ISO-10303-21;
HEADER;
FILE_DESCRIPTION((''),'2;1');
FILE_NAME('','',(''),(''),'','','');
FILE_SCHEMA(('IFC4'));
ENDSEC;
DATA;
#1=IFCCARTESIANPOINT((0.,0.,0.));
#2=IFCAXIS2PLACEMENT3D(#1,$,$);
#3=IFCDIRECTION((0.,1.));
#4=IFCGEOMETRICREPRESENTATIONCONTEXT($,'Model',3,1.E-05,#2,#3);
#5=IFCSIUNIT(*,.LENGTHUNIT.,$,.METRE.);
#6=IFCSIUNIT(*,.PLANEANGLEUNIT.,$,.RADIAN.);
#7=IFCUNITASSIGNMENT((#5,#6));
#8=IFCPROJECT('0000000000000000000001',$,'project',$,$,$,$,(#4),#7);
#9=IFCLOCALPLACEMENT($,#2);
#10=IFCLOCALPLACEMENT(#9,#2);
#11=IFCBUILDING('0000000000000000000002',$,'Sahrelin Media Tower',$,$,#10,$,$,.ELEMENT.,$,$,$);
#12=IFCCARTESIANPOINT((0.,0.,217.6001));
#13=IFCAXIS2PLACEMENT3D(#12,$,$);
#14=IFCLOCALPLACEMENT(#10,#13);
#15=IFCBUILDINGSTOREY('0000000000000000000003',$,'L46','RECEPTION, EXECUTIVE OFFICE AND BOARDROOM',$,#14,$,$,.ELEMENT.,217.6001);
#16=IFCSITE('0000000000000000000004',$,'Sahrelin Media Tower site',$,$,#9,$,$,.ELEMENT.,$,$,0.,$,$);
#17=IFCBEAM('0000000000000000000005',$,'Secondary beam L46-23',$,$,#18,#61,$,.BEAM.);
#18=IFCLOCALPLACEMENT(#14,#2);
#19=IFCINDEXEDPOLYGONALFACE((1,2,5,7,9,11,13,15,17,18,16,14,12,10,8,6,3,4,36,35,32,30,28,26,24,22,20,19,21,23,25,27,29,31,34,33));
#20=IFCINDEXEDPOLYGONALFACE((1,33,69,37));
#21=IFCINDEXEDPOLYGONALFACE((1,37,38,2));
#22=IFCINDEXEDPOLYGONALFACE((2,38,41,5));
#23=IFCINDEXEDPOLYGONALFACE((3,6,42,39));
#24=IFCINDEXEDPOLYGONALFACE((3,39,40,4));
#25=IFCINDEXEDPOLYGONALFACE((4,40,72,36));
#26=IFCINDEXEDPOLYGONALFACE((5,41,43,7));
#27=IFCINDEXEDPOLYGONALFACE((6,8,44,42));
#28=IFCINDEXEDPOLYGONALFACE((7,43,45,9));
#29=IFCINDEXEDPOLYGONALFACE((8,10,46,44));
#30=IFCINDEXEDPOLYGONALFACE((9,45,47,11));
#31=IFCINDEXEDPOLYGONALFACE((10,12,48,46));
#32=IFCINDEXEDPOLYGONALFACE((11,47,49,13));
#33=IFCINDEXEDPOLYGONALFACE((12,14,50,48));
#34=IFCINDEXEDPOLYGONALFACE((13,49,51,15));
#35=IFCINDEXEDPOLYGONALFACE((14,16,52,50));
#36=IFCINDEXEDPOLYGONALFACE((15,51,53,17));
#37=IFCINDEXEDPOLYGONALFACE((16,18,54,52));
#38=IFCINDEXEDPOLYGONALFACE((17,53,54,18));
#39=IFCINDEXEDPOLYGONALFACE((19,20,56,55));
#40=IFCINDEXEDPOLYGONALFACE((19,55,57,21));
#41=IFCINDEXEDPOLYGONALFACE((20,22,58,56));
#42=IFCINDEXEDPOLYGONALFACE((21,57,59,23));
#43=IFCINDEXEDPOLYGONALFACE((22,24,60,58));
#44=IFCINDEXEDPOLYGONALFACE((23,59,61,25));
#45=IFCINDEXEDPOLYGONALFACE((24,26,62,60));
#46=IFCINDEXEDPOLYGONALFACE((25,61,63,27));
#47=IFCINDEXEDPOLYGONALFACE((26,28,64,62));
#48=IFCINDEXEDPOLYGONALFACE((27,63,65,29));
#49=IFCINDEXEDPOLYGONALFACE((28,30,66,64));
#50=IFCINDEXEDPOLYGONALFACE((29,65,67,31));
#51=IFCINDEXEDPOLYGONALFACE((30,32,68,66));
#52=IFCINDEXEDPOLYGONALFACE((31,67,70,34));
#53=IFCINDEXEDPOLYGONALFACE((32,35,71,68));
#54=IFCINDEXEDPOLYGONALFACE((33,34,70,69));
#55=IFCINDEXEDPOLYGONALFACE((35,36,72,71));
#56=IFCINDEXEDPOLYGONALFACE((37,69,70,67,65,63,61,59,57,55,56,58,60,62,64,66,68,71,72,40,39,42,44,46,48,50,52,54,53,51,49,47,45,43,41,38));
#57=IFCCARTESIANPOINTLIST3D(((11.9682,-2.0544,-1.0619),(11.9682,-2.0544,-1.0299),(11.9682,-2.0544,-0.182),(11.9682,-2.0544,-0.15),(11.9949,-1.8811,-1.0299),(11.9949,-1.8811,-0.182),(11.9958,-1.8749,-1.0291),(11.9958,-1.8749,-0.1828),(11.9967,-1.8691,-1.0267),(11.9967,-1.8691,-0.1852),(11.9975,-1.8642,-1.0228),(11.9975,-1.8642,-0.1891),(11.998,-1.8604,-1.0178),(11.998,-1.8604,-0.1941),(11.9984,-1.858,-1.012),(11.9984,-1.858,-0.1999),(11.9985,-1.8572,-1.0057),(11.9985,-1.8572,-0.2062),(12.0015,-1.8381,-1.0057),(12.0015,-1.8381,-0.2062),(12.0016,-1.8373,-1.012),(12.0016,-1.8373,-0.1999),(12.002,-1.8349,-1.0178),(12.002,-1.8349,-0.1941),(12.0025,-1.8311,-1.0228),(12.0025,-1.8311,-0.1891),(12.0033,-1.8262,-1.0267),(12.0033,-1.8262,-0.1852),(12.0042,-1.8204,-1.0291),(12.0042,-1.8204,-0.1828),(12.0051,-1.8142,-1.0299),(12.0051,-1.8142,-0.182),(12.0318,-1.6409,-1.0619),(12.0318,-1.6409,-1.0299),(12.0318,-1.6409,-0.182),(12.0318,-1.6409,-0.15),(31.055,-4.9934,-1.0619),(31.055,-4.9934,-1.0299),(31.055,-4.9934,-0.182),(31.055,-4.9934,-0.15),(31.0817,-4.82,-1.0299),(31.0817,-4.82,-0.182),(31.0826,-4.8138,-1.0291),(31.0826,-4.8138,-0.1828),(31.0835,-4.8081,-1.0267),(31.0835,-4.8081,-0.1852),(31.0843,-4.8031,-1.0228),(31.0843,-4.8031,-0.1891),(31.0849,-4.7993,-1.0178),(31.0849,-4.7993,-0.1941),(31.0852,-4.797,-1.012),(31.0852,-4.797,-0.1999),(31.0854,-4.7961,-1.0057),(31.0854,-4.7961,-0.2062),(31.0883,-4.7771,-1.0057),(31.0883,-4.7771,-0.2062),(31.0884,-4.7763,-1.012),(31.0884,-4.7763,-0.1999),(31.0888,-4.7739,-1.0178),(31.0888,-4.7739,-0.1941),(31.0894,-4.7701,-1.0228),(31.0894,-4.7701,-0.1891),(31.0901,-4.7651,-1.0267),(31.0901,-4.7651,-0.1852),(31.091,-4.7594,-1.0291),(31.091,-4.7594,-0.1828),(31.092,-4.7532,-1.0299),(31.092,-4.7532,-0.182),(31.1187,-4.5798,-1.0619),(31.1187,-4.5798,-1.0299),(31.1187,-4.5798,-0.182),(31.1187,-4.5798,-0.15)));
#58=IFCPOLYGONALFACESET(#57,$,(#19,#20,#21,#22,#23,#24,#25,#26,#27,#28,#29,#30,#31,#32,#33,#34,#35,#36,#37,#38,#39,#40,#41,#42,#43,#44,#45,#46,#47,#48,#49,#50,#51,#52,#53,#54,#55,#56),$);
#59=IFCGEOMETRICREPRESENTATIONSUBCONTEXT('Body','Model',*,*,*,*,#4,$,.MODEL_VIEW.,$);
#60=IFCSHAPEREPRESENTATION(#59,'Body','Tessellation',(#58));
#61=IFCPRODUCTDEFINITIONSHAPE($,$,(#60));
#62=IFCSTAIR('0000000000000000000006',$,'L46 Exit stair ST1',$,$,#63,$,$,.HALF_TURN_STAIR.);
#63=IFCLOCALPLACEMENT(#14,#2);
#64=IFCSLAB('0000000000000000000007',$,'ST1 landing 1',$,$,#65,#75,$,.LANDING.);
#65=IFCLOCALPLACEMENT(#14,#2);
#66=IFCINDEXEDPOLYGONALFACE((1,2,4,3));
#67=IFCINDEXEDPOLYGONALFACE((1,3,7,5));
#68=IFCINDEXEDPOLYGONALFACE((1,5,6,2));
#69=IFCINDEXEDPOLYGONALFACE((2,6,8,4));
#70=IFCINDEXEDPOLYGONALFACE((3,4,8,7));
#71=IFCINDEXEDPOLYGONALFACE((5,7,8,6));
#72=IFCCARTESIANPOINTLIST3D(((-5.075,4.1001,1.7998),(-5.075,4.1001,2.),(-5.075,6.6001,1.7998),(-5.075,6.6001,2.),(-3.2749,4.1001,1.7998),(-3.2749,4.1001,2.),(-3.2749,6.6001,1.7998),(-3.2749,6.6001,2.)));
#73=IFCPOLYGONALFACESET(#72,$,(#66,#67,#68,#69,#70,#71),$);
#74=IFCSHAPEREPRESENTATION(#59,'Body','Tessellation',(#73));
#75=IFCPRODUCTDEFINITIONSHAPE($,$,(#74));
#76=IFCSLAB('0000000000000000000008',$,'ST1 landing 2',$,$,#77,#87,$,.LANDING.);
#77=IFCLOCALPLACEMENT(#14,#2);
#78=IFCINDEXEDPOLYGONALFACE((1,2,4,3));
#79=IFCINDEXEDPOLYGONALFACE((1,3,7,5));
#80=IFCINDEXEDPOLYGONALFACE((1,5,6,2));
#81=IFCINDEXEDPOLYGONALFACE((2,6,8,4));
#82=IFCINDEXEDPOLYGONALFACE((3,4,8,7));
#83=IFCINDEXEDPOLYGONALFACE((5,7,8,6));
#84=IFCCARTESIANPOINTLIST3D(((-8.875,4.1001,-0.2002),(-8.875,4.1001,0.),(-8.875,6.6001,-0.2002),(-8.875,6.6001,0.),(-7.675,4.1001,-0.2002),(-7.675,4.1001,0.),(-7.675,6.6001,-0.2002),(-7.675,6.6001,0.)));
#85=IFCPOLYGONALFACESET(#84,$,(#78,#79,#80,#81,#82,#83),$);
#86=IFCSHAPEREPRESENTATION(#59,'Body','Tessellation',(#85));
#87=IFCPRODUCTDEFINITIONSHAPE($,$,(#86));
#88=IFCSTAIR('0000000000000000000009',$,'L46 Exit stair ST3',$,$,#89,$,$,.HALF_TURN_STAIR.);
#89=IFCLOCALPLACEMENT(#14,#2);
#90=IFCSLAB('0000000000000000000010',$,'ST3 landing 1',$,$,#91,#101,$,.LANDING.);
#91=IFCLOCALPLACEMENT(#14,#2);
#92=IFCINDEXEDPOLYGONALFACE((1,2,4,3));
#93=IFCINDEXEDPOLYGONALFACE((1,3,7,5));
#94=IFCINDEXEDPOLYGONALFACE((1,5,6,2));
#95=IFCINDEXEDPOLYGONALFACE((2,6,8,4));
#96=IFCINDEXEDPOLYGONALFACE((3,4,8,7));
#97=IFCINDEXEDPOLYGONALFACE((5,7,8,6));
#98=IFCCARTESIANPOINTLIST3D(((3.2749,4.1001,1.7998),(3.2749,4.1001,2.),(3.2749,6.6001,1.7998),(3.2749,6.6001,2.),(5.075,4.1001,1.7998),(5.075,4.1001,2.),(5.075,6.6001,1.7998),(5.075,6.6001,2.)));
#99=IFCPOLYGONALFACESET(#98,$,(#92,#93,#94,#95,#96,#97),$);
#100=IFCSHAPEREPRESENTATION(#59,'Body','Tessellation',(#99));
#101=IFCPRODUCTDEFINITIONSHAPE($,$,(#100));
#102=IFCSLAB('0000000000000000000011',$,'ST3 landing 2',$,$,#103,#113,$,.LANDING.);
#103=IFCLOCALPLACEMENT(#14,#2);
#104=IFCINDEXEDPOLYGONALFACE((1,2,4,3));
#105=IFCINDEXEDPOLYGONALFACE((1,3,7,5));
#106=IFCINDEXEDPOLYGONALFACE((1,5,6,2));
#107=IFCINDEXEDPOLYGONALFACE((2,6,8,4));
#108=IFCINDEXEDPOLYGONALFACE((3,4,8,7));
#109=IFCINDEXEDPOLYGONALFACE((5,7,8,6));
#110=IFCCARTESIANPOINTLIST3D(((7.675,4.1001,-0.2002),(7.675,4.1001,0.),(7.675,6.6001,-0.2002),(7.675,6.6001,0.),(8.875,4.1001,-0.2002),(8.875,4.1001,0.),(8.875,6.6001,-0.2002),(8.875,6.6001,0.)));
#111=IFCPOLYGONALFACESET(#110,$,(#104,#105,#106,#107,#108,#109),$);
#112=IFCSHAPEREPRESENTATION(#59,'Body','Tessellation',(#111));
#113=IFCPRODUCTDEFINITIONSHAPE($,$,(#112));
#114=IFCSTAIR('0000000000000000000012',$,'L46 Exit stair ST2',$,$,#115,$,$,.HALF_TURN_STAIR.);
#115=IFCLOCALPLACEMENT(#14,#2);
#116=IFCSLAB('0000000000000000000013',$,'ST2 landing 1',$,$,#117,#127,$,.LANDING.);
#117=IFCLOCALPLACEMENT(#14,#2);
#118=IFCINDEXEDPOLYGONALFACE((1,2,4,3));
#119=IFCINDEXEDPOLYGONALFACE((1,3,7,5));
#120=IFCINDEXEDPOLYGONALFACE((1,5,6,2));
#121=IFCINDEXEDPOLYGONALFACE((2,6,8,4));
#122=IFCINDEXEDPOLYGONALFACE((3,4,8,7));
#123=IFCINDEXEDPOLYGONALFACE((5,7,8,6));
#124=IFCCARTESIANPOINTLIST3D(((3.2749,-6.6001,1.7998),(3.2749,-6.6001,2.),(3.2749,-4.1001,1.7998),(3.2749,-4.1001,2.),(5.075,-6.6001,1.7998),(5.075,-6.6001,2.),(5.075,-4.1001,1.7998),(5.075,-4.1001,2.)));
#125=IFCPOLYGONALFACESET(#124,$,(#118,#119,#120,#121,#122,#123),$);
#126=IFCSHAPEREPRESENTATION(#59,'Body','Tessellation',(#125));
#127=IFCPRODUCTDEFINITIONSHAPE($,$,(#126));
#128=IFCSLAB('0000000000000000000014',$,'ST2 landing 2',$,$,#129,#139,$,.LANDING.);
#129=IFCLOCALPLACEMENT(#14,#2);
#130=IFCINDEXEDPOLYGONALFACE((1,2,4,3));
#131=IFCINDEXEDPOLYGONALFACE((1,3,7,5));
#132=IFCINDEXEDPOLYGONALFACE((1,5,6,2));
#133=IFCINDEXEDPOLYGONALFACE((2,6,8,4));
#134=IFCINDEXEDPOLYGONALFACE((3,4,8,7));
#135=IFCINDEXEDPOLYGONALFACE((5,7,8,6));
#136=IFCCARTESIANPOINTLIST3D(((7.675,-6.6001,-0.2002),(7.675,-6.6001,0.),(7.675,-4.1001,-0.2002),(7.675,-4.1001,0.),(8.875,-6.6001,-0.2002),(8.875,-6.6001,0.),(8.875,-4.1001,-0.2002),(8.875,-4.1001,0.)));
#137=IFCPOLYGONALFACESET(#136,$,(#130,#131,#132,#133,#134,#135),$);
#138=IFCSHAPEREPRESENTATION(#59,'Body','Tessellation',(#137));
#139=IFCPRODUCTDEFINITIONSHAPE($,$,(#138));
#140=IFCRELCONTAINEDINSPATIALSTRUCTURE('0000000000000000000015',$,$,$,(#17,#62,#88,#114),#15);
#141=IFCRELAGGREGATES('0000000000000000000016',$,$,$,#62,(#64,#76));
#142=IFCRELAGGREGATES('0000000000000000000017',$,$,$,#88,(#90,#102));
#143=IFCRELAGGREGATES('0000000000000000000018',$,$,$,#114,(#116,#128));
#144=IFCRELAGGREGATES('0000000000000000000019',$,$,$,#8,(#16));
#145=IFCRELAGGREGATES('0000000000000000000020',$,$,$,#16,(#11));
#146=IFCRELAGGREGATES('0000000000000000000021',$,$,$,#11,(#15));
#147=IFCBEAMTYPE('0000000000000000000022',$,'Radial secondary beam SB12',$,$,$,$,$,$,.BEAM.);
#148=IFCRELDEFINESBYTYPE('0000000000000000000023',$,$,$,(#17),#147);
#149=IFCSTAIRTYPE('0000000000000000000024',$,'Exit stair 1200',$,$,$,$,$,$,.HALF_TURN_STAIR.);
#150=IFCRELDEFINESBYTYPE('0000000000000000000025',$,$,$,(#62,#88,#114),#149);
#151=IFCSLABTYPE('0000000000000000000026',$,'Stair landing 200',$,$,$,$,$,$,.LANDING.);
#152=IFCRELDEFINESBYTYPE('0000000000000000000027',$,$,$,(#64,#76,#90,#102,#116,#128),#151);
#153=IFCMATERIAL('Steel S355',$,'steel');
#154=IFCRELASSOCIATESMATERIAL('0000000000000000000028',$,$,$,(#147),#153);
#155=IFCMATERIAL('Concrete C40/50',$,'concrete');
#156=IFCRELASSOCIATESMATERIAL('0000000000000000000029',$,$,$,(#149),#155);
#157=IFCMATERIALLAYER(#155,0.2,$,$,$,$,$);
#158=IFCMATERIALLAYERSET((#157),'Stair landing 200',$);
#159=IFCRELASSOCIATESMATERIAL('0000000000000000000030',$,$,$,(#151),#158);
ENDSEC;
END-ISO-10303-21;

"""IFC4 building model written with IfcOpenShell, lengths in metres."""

from ifc_helpers import new_model, si_unit, direction, frame, origin, origin_2d, place, context, subcontext, project, spatial, polyline, i_section, outline, extrude, material, layer, layer_set, material_profile, profile_set, type_object, element, aggregate, save


model = new_model("IFC4")

# Units and contexts
model_context = context("Model", 3, precision=1e-05, world=origin(), true_north=direction((0.0, 1.0)))
body_context = subcontext(model_context, "Body", "Model", "MODEL_VIEW")
ifc_project = project(units=[si_unit("LENGTHUNIT", "METRE"), si_unit("PLANEANGLEUNIT", "RADIAN")], contexts=[model_context])

# Site, building, storey
site_placement = place(None, origin())
site = spatial("IfcSite", under=ifc_project, at=site_placement, Name="Sahrelin Media Tower site", CompositionType="ELEMENT", RefElevation=0.0)
building_placement = place(site_placement, origin())
building = spatial("IfcBuilding", under=site, at=building_placement, Name="Sahrelin Media Tower", CompositionType="ELEMENT")
storey_placement = place(building_placement, frame((0.0, 0.0, 217.6001)))
storey = spatial("IfcBuildingStorey", under=building, at=storey_placement, Name="L46", Description="RECEPTION, EXECUTIVE OFFICE AND BOARDROOM", CompositionType="ELEMENT", Elevation=217.6001)

# Beam
ifc_material_1 = material(Name="Steel S355", Category="steel")
ifc_material_profile_1 = material_profile(ifc_material_1, i_section(OverallWidth=0.4185, OverallDepth=0.9119, WebThickness=0.0193, FlangeThickness=0.032, FilletRadius=0.0242, at=origin_2d()), Name="UB 914x419x343")
ifc_profile_set_1 = profile_set([ifc_material_profile_1], Name="Steel S355")
beam_type_1 = type_object("IfcBeamType", Name="Radial secondary beam SB12", PredefinedType="BEAM", material=ifc_profile_set_1)
beam_1_placement = place(storey_placement, frame((12.0, -1.8477, -0.606), z_axis=(0.988352, -0.152184, 0.0), x_axis=(0.152184, 0.988352, 0.0)))
element("IfcBeam", 1, at=beam_1_placement, inside=storey, type_object=beam_type_1, Name="Secondary beam L46-23", PredefinedType="BEAM", context=body_context, shape_type="SweptSolid", body=[
    extrude(i_section(OverallWidth=0.4185, OverallDepth=0.9119, WebThickness=0.0193, FlangeThickness=0.032, FilletRadius=0.0242, at=origin_2d()), origin(), (0.0, 0.0, 1.0), 19.3118),
])

# Stairs, slabs
ifc_material_2 = material(Name="Concrete C40/50", Category="concrete")
stair_type = type_object("IfcStairType", Name="Exit stair 1200", PredefinedType="HALF_TURN_STAIR", material=ifc_material_2)
placement_1 = place(storey_placement, origin())
stair_1 = element("IfcStair", 2, at=placement_1, inside=storey, type_object=stair_type, Name="L46 Exit stair ST1", PredefinedType="HALF_TURN_STAIR")
ifc_layer_1 = layer(ifc_material_2, 0.2)
ifc_layer_set_1 = layer_set([ifc_layer_1], Name="Stair landing 200")
slab_type = type_object("IfcSlabType", Name="Stair landing 200", PredefinedType="LANDING", material=ifc_layer_set_1)
placement_2 = place(storey_placement, frame((0.0, 0.0, 1.7998)))
slab_1 = element("IfcSlab", 3, at=placement_2, type_object=slab_type, Name="ST1 landing 1", PredefinedType="LANDING", context=body_context, shape_type="SweptSolid", body=[
    extrude(outline(polyline([(-5.075, 4.1001), (-3.2749, 4.1001), (-3.2749, 6.6001), (-5.075, 6.6001), (-5.075, 4.1001)])), origin(), (0.0, 0.0, 1.0), 0.2002),
])
placement_3 = place(storey_placement, frame((0.0, 0.0, -0.2002)))
slab_2 = element("IfcSlab", 4, at=placement_3, type_object=slab_type, Name="ST1 landing 2", PredefinedType="LANDING", context=body_context, shape_type="SweptSolid", body=[
    extrude(outline(polyline([(-8.875, 4.1001), (-7.675, 4.1001), (-7.675, 6.6001), (-8.875, 6.6001), (-8.875, 4.1001)])), origin(), (0.0, 0.0, 1.0), 0.2002),
])
aggregate(stair_1, [slab_1, slab_2])
stair_2 = element("IfcStair", 5, at=placement_1, inside=storey, type_object=stair_type, Name="L46 Exit stair ST3", PredefinedType="HALF_TURN_STAIR")
slab_3 = element("IfcSlab", 6, at=placement_2, type_object=slab_type, Name="ST3 landing 1", PredefinedType="LANDING", context=body_context, shape_type="SweptSolid", body=[
    extrude(outline(polyline([(5.075, 6.6001), (3.2749, 6.6001), (3.2749, 4.1001), (5.075, 4.1001), (5.075, 6.6001)])), origin(), (0.0, 0.0, 1.0), 0.2002),
])
slab_4 = element("IfcSlab", 7, at=placement_3, type_object=slab_type, Name="ST3 landing 2", PredefinedType="LANDING", context=body_context, shape_type="SweptSolid", body=[
    extrude(outline(polyline([(8.875, 6.6001), (7.675, 6.6001), (7.675, 4.1001), (8.875, 4.1001), (8.875, 6.6001)])), origin(), (0.0, 0.0, 1.0), 0.2002),
])
aggregate(stair_2, [slab_3, slab_4])
stair_3 = element("IfcStair", 8, at=placement_1, inside=storey, type_object=stair_type, Name="L46 Exit stair ST2", PredefinedType="HALF_TURN_STAIR")
slab_5 = element("IfcSlab", 9, at=placement_2, type_object=slab_type, Name="ST2 landing 1", PredefinedType="LANDING", context=body_context, shape_type="SweptSolid", body=[
    extrude(outline(polyline([(5.075, -4.1001), (3.2749, -4.1001), (3.2749, -6.6001), (5.075, -6.6001), (5.075, -4.1001)])), origin(), (0.0, 0.0, 1.0), 0.2002),
])
slab_6 = element("IfcSlab", 10, at=placement_3, type_object=slab_type, Name="ST2 landing 2", PredefinedType="LANDING", context=body_context, shape_type="SweptSolid", body=[
    extrude(outline(polyline([(8.875, -4.1001), (7.675, -4.1001), (7.675, -6.6001), (8.875, -6.6001), (8.875, -4.1001)])), origin(), (0.0, 0.0, 1.0), 0.2002),
])
aggregate(stair_3, [slab_5, slab_6])

save(model, "model.ifc")
